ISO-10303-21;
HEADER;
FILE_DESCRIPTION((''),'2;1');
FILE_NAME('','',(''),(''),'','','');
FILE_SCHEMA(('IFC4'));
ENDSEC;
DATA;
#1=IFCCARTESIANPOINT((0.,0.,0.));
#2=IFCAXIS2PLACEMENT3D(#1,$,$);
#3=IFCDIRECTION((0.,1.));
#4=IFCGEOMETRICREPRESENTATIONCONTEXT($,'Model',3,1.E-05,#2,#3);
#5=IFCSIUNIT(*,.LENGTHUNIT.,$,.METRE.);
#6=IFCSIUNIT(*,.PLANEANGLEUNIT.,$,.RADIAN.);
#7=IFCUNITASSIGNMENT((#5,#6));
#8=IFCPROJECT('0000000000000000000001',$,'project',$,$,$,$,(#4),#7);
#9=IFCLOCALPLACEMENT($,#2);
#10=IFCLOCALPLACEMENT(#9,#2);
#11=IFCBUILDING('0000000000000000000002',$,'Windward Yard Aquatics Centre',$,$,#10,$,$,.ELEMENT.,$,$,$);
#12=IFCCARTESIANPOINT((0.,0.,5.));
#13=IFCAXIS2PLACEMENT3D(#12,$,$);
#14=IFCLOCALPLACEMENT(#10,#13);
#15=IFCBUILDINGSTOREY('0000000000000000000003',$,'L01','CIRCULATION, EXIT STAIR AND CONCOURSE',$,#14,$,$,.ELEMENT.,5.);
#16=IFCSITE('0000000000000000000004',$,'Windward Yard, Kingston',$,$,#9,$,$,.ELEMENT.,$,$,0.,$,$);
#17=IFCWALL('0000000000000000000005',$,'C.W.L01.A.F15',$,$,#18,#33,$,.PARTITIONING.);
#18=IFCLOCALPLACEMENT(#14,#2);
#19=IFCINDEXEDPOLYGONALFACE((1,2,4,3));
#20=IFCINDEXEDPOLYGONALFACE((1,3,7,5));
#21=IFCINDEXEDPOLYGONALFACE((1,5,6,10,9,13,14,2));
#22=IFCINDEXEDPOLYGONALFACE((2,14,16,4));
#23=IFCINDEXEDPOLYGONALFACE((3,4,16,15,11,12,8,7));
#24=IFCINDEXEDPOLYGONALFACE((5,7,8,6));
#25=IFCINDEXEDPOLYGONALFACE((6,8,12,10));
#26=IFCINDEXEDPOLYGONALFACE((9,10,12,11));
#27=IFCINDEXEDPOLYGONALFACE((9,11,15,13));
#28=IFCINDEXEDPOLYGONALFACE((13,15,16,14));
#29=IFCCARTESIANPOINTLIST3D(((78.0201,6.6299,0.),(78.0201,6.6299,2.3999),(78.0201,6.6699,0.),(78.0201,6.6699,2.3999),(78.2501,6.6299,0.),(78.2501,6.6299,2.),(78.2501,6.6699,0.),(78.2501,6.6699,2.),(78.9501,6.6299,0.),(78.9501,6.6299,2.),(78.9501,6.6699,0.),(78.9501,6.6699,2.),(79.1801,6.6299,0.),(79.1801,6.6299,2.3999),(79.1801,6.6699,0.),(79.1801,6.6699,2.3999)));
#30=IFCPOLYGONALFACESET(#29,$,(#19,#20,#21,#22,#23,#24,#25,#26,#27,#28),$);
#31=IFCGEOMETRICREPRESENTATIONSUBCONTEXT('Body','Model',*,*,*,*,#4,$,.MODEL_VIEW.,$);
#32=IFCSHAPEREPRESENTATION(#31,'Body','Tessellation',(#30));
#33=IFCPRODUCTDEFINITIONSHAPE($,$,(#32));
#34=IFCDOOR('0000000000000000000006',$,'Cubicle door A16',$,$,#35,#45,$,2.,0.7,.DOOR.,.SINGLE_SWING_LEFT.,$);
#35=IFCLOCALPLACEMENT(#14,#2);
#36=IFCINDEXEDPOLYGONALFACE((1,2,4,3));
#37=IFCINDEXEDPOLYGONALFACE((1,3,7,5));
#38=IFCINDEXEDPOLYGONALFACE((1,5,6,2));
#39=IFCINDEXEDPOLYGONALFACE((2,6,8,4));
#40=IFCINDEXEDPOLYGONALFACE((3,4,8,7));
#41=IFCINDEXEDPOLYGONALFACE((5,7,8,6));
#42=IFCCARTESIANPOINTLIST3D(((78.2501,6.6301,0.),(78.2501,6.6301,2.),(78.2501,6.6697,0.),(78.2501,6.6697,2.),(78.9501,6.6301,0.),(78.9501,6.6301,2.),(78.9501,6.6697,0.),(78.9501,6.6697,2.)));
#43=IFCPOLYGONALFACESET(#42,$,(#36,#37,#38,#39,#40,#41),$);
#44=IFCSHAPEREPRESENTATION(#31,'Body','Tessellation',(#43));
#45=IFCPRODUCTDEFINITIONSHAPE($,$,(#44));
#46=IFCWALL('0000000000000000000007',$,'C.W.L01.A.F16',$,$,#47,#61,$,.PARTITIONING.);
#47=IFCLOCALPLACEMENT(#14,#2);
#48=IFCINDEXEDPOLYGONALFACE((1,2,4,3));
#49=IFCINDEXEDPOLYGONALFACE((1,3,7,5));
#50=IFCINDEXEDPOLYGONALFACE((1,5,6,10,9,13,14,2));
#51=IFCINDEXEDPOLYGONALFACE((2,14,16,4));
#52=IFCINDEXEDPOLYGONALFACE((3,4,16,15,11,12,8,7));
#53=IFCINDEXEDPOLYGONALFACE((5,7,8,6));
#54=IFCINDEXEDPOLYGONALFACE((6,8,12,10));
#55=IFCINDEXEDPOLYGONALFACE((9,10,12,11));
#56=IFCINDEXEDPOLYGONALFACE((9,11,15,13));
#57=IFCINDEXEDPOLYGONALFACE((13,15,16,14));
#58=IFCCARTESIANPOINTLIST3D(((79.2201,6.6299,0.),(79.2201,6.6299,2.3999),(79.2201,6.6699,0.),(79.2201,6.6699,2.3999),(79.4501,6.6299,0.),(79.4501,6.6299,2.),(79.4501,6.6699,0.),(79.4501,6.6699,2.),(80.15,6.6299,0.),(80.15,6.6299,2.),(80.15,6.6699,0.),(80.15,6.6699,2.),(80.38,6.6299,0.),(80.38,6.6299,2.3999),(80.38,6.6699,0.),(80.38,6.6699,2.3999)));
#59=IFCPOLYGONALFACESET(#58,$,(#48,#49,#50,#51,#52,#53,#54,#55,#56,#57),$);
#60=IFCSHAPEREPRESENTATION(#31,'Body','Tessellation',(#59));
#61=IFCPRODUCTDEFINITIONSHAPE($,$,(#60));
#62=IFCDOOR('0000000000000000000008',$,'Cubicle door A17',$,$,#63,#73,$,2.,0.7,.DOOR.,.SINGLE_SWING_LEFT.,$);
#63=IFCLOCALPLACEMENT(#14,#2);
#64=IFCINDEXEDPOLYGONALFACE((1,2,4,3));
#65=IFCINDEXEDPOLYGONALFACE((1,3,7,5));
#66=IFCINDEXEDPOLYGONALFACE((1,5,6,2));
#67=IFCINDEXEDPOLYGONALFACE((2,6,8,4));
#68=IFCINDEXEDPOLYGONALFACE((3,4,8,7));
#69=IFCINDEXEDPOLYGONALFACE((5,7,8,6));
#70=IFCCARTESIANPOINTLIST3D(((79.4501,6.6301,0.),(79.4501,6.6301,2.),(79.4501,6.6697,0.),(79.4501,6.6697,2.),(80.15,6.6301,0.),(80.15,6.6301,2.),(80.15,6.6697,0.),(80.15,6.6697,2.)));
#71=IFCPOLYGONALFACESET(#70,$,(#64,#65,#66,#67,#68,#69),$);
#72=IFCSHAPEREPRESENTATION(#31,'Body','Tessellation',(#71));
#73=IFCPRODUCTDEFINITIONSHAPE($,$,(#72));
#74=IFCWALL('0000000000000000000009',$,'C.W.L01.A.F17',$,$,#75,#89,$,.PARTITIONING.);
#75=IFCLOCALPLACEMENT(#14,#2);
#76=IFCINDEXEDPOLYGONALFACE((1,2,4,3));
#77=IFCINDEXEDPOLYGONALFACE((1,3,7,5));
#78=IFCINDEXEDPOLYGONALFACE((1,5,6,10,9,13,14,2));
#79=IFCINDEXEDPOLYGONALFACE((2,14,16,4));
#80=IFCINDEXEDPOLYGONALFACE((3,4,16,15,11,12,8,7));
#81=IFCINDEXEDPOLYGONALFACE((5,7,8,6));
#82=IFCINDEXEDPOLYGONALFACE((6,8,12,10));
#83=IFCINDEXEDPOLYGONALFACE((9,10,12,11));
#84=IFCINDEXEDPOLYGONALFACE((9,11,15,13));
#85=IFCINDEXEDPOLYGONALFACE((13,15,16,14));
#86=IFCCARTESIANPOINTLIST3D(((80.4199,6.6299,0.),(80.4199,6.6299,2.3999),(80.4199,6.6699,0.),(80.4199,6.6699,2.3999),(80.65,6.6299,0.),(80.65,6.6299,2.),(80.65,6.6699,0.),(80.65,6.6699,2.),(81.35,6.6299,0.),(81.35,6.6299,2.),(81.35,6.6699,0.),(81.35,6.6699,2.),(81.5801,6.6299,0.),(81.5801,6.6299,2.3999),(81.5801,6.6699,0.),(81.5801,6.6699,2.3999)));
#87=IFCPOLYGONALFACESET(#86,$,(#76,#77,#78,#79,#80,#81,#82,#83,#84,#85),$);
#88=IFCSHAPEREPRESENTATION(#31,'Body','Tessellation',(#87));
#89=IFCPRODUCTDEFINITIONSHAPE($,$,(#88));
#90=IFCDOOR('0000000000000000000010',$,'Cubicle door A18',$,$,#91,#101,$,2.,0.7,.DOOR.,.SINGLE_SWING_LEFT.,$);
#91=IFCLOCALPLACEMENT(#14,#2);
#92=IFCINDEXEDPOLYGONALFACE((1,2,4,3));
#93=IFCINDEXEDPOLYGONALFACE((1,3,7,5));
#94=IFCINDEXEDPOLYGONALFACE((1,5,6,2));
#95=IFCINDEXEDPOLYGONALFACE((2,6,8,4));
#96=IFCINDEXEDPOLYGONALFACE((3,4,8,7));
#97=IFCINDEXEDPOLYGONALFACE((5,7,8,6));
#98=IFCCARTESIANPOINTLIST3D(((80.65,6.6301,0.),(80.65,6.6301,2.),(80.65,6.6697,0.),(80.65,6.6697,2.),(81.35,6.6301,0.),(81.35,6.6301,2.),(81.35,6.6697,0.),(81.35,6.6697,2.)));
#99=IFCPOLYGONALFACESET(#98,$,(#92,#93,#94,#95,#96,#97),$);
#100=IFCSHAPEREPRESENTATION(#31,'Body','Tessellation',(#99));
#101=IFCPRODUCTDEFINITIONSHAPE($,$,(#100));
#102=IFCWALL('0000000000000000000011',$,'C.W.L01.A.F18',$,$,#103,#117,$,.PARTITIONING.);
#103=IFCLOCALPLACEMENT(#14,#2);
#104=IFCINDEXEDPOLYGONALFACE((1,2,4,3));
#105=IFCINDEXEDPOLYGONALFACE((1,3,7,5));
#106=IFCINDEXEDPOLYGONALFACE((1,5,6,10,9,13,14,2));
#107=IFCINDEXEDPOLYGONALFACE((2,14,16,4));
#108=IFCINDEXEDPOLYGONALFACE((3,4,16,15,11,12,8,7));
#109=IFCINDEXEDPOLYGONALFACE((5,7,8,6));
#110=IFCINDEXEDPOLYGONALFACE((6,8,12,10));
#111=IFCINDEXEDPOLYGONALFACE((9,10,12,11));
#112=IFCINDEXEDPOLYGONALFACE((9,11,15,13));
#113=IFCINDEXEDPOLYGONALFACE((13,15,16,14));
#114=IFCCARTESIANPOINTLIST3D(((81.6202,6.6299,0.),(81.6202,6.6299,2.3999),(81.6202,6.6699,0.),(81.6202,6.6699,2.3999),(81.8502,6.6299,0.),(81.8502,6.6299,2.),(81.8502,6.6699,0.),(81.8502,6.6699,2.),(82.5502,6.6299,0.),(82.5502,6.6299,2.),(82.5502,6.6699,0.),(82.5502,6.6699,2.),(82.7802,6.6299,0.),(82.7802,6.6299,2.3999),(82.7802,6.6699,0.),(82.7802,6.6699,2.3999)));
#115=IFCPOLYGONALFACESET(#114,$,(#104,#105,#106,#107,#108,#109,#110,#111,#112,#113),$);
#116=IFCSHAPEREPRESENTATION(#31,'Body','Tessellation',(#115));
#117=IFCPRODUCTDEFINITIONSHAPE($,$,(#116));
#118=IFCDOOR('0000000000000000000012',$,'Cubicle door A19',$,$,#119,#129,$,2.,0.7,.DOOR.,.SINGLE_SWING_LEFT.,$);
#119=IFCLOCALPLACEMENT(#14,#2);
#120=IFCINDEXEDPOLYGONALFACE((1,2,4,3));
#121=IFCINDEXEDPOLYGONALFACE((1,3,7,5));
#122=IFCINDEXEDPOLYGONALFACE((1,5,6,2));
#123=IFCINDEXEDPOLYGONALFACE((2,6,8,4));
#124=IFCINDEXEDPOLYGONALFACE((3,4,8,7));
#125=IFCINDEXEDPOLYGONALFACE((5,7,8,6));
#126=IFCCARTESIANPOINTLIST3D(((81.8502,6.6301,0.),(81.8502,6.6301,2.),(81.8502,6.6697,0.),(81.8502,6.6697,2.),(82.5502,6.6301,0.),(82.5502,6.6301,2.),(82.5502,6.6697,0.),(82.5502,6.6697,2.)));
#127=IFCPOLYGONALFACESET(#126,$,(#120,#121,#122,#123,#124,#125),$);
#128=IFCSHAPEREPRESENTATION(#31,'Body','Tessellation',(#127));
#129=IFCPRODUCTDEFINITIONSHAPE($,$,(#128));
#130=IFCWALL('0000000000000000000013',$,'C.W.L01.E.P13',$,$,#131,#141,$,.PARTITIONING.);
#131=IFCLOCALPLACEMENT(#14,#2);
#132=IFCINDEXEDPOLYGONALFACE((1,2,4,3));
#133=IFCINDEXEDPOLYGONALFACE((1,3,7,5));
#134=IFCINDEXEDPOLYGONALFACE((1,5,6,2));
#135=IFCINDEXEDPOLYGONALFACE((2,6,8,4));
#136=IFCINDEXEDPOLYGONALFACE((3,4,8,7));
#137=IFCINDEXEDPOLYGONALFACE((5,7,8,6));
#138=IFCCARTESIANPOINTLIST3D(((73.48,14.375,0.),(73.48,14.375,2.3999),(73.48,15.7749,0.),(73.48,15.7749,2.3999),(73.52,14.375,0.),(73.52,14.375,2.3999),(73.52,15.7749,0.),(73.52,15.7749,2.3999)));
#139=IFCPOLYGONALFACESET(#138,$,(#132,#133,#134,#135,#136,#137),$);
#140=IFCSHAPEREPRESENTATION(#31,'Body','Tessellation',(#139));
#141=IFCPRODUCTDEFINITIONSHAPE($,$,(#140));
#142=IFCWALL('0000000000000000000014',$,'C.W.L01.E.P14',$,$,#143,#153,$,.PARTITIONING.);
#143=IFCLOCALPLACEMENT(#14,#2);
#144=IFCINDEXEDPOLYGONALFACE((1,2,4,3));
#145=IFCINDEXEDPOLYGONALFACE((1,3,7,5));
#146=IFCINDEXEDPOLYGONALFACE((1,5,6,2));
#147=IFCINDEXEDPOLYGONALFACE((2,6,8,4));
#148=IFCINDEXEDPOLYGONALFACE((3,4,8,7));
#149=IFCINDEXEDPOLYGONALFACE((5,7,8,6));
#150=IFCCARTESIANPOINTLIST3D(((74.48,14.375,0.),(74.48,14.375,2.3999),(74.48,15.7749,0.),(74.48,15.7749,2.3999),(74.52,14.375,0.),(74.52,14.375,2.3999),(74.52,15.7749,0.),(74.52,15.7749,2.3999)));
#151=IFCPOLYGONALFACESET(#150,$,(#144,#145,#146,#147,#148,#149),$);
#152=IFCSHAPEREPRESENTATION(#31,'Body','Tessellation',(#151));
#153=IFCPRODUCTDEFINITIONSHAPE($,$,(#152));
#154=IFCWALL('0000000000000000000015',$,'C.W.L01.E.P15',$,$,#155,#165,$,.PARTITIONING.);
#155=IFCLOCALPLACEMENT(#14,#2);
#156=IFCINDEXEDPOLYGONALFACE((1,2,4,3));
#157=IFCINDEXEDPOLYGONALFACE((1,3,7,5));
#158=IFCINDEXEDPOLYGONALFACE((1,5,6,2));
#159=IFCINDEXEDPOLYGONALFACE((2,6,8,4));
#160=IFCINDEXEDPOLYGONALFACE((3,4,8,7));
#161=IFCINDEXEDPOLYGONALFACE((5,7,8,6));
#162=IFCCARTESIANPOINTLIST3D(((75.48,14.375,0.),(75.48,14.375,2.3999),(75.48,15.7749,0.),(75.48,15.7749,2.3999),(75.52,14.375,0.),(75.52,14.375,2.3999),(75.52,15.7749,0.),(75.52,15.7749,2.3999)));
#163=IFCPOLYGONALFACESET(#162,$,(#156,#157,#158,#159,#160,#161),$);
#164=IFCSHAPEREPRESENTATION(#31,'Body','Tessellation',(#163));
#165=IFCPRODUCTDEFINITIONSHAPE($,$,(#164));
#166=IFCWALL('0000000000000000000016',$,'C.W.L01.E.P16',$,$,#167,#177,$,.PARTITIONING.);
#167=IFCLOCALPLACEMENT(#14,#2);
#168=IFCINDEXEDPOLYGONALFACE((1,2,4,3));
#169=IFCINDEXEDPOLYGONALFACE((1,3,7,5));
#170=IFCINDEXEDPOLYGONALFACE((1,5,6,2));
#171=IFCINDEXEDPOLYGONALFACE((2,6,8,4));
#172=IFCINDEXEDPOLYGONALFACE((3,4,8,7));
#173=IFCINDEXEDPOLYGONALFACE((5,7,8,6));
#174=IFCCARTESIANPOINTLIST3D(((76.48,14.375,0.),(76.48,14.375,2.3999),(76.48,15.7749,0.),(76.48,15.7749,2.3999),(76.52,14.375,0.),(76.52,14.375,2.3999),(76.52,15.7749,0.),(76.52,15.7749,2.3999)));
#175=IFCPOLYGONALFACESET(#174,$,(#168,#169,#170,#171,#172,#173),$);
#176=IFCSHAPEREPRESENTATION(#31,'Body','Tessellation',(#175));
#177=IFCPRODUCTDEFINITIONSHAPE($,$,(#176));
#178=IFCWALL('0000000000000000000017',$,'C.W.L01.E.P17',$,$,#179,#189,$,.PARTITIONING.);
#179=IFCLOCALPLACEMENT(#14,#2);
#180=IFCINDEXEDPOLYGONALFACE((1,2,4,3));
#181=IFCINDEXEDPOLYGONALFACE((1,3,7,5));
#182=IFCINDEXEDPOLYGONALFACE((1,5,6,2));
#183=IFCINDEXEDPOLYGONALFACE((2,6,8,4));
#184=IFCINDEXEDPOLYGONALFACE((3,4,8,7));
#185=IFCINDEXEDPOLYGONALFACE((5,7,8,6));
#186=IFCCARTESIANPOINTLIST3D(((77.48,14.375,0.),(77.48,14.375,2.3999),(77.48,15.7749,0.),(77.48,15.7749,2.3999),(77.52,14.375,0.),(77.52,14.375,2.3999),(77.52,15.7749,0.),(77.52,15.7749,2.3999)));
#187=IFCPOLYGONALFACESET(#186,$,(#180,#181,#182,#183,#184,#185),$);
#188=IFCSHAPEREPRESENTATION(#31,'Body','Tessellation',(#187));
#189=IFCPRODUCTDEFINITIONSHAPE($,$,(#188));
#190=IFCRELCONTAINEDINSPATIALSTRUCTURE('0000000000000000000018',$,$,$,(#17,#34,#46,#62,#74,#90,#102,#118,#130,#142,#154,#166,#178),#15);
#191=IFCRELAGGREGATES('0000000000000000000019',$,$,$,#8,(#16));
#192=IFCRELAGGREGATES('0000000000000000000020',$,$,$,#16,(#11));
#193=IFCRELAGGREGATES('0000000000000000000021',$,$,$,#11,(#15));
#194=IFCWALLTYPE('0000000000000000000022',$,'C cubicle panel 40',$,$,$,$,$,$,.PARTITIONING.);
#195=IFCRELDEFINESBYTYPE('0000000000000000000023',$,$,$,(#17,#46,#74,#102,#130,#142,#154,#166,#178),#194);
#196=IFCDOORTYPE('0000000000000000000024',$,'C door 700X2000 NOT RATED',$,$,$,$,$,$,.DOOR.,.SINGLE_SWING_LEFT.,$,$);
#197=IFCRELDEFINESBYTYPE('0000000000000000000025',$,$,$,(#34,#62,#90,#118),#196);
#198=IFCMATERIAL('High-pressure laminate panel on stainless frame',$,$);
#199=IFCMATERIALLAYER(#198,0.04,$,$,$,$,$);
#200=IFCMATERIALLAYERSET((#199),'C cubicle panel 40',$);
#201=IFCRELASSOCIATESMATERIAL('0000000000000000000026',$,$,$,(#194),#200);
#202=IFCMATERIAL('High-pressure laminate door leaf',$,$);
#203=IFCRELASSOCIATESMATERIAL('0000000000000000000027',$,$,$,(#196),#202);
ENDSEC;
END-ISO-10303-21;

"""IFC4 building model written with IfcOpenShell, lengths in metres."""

from ifc_helpers import new_model, si_unit, direction, frame, frame_2d, origin, place, context, subcontext, project, spatial, rectangle, extrude, material, layer, layer_set, type_object, element, fill, save


model = new_model("IFC4")

# Units and contexts
model_context = context("Model", 3, precision=1e-05, world=origin(), true_north=direction((0.0, 1.0)))
body_context = subcontext(model_context, "Body", "Model", "MODEL_VIEW")
ifc_project = project(units=[si_unit("LENGTHUNIT", "METRE"), si_unit("PLANEANGLEUNIT", "RADIAN")], contexts=[model_context])

# Site, building, storey
site_placement = place(None, origin())
site = spatial("IfcSite", under=ifc_project, at=site_placement, Name="Windward Yard, Kingston", CompositionType="ELEMENT", RefElevation=0.0)
building_placement = place(site_placement, origin())
building = spatial("IfcBuilding", under=site, at=building_placement, Name="Windward Yard Aquatics Centre", CompositionType="ELEMENT")
storey_placement = place(building_placement, frame((0.0, 0.0, 5.0)))
storey = spatial("IfcBuildingStorey", under=building, at=storey_placement, Name="L01", Description="CIRCULATION, EXIT STAIR AND CONCOURSE", CompositionType="ELEMENT", Elevation=5.0)

# Shared definitions
ifc_material_1 = material(Name="High-pressure laminate panel on stainless frame")
ifc_layer = layer(ifc_material_1, 0.04)
ifc_layer_set = layer_set([ifc_layer], Name="C cubicle panel 40")
wall_type = type_object("IfcWallType", Name="C cubicle panel 40", PredefinedType="PARTITIONING", material=ifc_layer_set)

# Walls, openings, doors
ifc_material_2 = material(Name="High-pressure laminate door leaf")
door_type = type_object("IfcDoorType", Name="C door 700X2000 NOT RATED", OperationType="SINGLE_SWING_LEFT", PredefinedType="DOOR", material=ifc_material_2)
wall_1_placement = place(storey_placement, frame((78.02, 6.6499, 0.0), z_axis=(0.0, 0.0, 1.0), x_axis=(1.0, 0.0, 0.0)))
wall_1 = element("IfcWall", 1, at=wall_1_placement, inside=storey, type_object=wall_type, Name="C.W.L01.A.F15", PredefinedType="PARTITIONING", context=body_context, shape_type="SweptSolid", body=[
    extrude(rectangle(XDim=1.1599, YDim=0.04, at=frame_2d((0.5801, 0.0))), origin(), (0.0, 0.0, 1.0), 2.3999),
])
opening_1_placement = place(wall_1_placement, frame((0.23, 0.0, 0.0)))
opening_1 = element("IfcOpeningElement", 2, at=opening_1_placement, cuts=wall_1, PredefinedType="OPENING", context=body_context, shape_type="SweptSolid", body=[
    extrude(rectangle(XDim=0.7, YDim=2.0, at=frame_2d((0.3501, 1.0))), frame((0.0, 0.03, 0.0), z_axis=(0.0, -1.0, 0.0), x_axis=(1.0, 0.0, 0.0)), (0.0, 0.0, 1.0), 0.0601),
])
door_1_placement = place(opening_1_placement, origin())
door_1 = element("IfcDoor", 3, at=door_1_placement, inside=storey, type_object=door_type, Name="Cubicle door A16", OperationType="SINGLE_SWING_LEFT", OverallHeight=2.0, OverallWidth=0.7, PredefinedType="DOOR", context=body_context, shape_type="SweptSolid", body=[
    extrude(rectangle(XDim=0.7, YDim=2.0, at=frame_2d((0.3501, 1.0))), frame((0.0, 0.0198, 0.0), z_axis=(0.0, -1.0, 0.0), x_axis=(1.0, 0.0, 0.0)), (0.0, 0.0, 1.0), 0.0396),
])
fill(opening_1, door_1)
wall_2_placement = place(storey_placement, frame((79.22, 6.6499, 0.0), z_axis=(0.0, 0.0, 1.0), x_axis=(1.0, 0.0, 0.0)))
wall_2 = element("IfcWall", 4, at=wall_2_placement, inside=storey, type_object=wall_type, Name="C.W.L01.A.F16", PredefinedType="PARTITIONING", context=body_context, shape_type="SweptSolid", body=[
    extrude(rectangle(XDim=1.1599, YDim=0.04, at=frame_2d((0.5801, 0.0))), origin(), (0.0, 0.0, 1.0), 2.3999),
])
opening_2_placement = place(wall_2_placement, frame((0.23, 0.0, 0.0)))
opening_2 = element("IfcOpeningElement", 5, at=opening_2_placement, cuts=wall_2, PredefinedType="OPENING", context=body_context, shape_type="SweptSolid", body=[
    extrude(rectangle(XDim=0.7, YDim=2.0, at=frame_2d((0.3501, 1.0))), frame((0.0, 0.03, 0.0), z_axis=(0.0, -1.0, 0.0), x_axis=(1.0, 0.0, 0.0)), (0.0, 0.0, 1.0), 0.0601),
])
door_2_placement = place(opening_2_placement, origin())
door_2 = element("IfcDoor", 6, at=door_2_placement, inside=storey, type_object=door_type, Name="Cubicle door A17", OperationType="SINGLE_SWING_LEFT", OverallHeight=2.0, OverallWidth=0.7, PredefinedType="DOOR", context=body_context, shape_type="SweptSolid", body=[
    extrude(rectangle(XDim=0.7, YDim=2.0, at=frame_2d((0.3501, 1.0))), frame((0.0, 0.0198, 0.0), z_axis=(0.0, -1.0, 0.0), x_axis=(1.0, 0.0, 0.0)), (0.0, 0.0, 1.0), 0.0396),
])
fill(opening_2, door_2)
wall_3_placement = place(storey_placement, frame((80.4199, 6.6499, 0.0), z_axis=(0.0, 0.0, 1.0), x_axis=(1.0, 0.0, 0.0)))
wall_3 = element("IfcWall", 7, at=wall_3_placement, inside=storey, type_object=wall_type, Name="C.W.L01.A.F17", PredefinedType="PARTITIONING", context=body_context, shape_type="SweptSolid", body=[
    extrude(rectangle(XDim=1.1602, YDim=0.04, at=frame_2d((0.5801, 0.0))), origin(), (0.0, 0.0, 1.0), 2.3999),
])
opening_3_placement = place(wall_3_placement, frame((0.23, 0.0, 0.0)))
opening_3 = element("IfcOpeningElement", 8, at=opening_3_placement, cuts=wall_3, PredefinedType="OPENING", context=body_context, shape_type="SweptSolid", body=[
    extrude(rectangle(XDim=0.7, YDim=2.0, at=frame_2d((0.3501, 1.0))), frame((0.0, 0.03, 0.0), z_axis=(0.0, -1.0, 0.0), x_axis=(1.0, 0.0, 0.0)), (0.0, 0.0, 1.0), 0.0601),
])
door_3_placement = place(opening_3_placement, origin())
door_3 = element("IfcDoor", 9, at=door_3_placement, inside=storey, type_object=door_type, Name="Cubicle door A18", OperationType="SINGLE_SWING_LEFT", OverallHeight=2.0, OverallWidth=0.7, PredefinedType="DOOR", context=body_context, shape_type="SweptSolid", body=[
    extrude(rectangle(XDim=0.7, YDim=2.0, at=frame_2d((0.3501, 1.0))), frame((0.0, 0.0198, 0.0), z_axis=(0.0, -1.0, 0.0), x_axis=(1.0, 0.0, 0.0)), (0.0, 0.0, 1.0), 0.0396),
])
fill(opening_3, door_3)
wall_4_placement = place(storey_placement, frame((81.6201, 6.6499, 0.0), z_axis=(0.0, 0.0, 1.0), x_axis=(1.0, 0.0, 0.0)))
wall_4 = element("IfcWall", 10, at=wall_4_placement, inside=storey, type_object=wall_type, Name="C.W.L01.A.F18", PredefinedType="PARTITIONING", context=body_context, shape_type="SweptSolid", body=[
    extrude(rectangle(XDim=1.1599, YDim=0.04, at=frame_2d((0.5801, 0.0))), origin(), (0.0, 0.0, 1.0), 2.3999),
])
opening_4_placement = place(wall_4_placement, frame((0.23, 0.0, 0.0)))
opening_4 = element("IfcOpeningElement", 11, at=opening_4_placement, cuts=wall_4, PredefinedType="OPENING", context=body_context, shape_type="SweptSolid", body=[
    extrude(rectangle(XDim=0.7, YDim=2.0, at=frame_2d((0.3501, 1.0))), frame((0.0, 0.03, 0.0), z_axis=(0.0, -1.0, 0.0), x_axis=(1.0, 0.0, 0.0)), (0.0, 0.0, 1.0), 0.0601),
])
door_4_placement = place(opening_4_placement, origin())
door_4 = element("IfcDoor", 12, at=door_4_placement, inside=storey, type_object=door_type, Name="Cubicle door A19", OperationType="SINGLE_SWING_LEFT", OverallHeight=2.0, OverallWidth=0.7, PredefinedType="DOOR", context=body_context, shape_type="SweptSolid", body=[
    extrude(rectangle(XDim=0.7, YDim=2.0, at=frame_2d((0.3501, 1.0))), frame((0.0, 0.0198, 0.0), z_axis=(0.0, -1.0, 0.0), x_axis=(1.0, 0.0, 0.0)), (0.0, 0.0, 1.0), 0.0396),
])
fill(opening_4, door_4)

# Walls
for number, where, z_axis, x_axis, name in (
    (13, (73.5, 14.375, 0.0), (0.0, 0.0, 1.0), (0.0, 1.0, 0.0), "C.W.L01.E.P13"),
    (14, (74.5, 14.375, 0.0), (0.0, 0.0, 1.0), (0.0, 1.0, 0.0), "C.W.L01.E.P14"),
    (15, (75.5, 14.375, 0.0), (0.0, 0.0, 1.0), (0.0, 1.0, 0.0), "C.W.L01.E.P15"),
    (16, (76.5, 14.375, 0.0), (0.0, 0.0, 1.0), (0.0, 1.0, 0.0), "C.W.L01.E.P16"),
    (17, (77.5, 14.375, 0.0), (0.0, 0.0, 1.0), (0.0, 1.0, 0.0), "C.W.L01.E.P17"),
):
    element("IfcWall", number, at=place(storey_placement, frame(where, z_axis=z_axis, x_axis=x_axis)), inside=storey, type_object=wall_type, Name=name, PredefinedType="PARTITIONING", context=body_context, shape_type="SweptSolid", body=[
        extrude(rectangle(XDim=1.3999, YDim=0.04, at=frame_2d((0.7, 0.0))), origin(), (0.0, 0.0, 1.0), 2.3999),
    ])

save(model, "model.ifc")
